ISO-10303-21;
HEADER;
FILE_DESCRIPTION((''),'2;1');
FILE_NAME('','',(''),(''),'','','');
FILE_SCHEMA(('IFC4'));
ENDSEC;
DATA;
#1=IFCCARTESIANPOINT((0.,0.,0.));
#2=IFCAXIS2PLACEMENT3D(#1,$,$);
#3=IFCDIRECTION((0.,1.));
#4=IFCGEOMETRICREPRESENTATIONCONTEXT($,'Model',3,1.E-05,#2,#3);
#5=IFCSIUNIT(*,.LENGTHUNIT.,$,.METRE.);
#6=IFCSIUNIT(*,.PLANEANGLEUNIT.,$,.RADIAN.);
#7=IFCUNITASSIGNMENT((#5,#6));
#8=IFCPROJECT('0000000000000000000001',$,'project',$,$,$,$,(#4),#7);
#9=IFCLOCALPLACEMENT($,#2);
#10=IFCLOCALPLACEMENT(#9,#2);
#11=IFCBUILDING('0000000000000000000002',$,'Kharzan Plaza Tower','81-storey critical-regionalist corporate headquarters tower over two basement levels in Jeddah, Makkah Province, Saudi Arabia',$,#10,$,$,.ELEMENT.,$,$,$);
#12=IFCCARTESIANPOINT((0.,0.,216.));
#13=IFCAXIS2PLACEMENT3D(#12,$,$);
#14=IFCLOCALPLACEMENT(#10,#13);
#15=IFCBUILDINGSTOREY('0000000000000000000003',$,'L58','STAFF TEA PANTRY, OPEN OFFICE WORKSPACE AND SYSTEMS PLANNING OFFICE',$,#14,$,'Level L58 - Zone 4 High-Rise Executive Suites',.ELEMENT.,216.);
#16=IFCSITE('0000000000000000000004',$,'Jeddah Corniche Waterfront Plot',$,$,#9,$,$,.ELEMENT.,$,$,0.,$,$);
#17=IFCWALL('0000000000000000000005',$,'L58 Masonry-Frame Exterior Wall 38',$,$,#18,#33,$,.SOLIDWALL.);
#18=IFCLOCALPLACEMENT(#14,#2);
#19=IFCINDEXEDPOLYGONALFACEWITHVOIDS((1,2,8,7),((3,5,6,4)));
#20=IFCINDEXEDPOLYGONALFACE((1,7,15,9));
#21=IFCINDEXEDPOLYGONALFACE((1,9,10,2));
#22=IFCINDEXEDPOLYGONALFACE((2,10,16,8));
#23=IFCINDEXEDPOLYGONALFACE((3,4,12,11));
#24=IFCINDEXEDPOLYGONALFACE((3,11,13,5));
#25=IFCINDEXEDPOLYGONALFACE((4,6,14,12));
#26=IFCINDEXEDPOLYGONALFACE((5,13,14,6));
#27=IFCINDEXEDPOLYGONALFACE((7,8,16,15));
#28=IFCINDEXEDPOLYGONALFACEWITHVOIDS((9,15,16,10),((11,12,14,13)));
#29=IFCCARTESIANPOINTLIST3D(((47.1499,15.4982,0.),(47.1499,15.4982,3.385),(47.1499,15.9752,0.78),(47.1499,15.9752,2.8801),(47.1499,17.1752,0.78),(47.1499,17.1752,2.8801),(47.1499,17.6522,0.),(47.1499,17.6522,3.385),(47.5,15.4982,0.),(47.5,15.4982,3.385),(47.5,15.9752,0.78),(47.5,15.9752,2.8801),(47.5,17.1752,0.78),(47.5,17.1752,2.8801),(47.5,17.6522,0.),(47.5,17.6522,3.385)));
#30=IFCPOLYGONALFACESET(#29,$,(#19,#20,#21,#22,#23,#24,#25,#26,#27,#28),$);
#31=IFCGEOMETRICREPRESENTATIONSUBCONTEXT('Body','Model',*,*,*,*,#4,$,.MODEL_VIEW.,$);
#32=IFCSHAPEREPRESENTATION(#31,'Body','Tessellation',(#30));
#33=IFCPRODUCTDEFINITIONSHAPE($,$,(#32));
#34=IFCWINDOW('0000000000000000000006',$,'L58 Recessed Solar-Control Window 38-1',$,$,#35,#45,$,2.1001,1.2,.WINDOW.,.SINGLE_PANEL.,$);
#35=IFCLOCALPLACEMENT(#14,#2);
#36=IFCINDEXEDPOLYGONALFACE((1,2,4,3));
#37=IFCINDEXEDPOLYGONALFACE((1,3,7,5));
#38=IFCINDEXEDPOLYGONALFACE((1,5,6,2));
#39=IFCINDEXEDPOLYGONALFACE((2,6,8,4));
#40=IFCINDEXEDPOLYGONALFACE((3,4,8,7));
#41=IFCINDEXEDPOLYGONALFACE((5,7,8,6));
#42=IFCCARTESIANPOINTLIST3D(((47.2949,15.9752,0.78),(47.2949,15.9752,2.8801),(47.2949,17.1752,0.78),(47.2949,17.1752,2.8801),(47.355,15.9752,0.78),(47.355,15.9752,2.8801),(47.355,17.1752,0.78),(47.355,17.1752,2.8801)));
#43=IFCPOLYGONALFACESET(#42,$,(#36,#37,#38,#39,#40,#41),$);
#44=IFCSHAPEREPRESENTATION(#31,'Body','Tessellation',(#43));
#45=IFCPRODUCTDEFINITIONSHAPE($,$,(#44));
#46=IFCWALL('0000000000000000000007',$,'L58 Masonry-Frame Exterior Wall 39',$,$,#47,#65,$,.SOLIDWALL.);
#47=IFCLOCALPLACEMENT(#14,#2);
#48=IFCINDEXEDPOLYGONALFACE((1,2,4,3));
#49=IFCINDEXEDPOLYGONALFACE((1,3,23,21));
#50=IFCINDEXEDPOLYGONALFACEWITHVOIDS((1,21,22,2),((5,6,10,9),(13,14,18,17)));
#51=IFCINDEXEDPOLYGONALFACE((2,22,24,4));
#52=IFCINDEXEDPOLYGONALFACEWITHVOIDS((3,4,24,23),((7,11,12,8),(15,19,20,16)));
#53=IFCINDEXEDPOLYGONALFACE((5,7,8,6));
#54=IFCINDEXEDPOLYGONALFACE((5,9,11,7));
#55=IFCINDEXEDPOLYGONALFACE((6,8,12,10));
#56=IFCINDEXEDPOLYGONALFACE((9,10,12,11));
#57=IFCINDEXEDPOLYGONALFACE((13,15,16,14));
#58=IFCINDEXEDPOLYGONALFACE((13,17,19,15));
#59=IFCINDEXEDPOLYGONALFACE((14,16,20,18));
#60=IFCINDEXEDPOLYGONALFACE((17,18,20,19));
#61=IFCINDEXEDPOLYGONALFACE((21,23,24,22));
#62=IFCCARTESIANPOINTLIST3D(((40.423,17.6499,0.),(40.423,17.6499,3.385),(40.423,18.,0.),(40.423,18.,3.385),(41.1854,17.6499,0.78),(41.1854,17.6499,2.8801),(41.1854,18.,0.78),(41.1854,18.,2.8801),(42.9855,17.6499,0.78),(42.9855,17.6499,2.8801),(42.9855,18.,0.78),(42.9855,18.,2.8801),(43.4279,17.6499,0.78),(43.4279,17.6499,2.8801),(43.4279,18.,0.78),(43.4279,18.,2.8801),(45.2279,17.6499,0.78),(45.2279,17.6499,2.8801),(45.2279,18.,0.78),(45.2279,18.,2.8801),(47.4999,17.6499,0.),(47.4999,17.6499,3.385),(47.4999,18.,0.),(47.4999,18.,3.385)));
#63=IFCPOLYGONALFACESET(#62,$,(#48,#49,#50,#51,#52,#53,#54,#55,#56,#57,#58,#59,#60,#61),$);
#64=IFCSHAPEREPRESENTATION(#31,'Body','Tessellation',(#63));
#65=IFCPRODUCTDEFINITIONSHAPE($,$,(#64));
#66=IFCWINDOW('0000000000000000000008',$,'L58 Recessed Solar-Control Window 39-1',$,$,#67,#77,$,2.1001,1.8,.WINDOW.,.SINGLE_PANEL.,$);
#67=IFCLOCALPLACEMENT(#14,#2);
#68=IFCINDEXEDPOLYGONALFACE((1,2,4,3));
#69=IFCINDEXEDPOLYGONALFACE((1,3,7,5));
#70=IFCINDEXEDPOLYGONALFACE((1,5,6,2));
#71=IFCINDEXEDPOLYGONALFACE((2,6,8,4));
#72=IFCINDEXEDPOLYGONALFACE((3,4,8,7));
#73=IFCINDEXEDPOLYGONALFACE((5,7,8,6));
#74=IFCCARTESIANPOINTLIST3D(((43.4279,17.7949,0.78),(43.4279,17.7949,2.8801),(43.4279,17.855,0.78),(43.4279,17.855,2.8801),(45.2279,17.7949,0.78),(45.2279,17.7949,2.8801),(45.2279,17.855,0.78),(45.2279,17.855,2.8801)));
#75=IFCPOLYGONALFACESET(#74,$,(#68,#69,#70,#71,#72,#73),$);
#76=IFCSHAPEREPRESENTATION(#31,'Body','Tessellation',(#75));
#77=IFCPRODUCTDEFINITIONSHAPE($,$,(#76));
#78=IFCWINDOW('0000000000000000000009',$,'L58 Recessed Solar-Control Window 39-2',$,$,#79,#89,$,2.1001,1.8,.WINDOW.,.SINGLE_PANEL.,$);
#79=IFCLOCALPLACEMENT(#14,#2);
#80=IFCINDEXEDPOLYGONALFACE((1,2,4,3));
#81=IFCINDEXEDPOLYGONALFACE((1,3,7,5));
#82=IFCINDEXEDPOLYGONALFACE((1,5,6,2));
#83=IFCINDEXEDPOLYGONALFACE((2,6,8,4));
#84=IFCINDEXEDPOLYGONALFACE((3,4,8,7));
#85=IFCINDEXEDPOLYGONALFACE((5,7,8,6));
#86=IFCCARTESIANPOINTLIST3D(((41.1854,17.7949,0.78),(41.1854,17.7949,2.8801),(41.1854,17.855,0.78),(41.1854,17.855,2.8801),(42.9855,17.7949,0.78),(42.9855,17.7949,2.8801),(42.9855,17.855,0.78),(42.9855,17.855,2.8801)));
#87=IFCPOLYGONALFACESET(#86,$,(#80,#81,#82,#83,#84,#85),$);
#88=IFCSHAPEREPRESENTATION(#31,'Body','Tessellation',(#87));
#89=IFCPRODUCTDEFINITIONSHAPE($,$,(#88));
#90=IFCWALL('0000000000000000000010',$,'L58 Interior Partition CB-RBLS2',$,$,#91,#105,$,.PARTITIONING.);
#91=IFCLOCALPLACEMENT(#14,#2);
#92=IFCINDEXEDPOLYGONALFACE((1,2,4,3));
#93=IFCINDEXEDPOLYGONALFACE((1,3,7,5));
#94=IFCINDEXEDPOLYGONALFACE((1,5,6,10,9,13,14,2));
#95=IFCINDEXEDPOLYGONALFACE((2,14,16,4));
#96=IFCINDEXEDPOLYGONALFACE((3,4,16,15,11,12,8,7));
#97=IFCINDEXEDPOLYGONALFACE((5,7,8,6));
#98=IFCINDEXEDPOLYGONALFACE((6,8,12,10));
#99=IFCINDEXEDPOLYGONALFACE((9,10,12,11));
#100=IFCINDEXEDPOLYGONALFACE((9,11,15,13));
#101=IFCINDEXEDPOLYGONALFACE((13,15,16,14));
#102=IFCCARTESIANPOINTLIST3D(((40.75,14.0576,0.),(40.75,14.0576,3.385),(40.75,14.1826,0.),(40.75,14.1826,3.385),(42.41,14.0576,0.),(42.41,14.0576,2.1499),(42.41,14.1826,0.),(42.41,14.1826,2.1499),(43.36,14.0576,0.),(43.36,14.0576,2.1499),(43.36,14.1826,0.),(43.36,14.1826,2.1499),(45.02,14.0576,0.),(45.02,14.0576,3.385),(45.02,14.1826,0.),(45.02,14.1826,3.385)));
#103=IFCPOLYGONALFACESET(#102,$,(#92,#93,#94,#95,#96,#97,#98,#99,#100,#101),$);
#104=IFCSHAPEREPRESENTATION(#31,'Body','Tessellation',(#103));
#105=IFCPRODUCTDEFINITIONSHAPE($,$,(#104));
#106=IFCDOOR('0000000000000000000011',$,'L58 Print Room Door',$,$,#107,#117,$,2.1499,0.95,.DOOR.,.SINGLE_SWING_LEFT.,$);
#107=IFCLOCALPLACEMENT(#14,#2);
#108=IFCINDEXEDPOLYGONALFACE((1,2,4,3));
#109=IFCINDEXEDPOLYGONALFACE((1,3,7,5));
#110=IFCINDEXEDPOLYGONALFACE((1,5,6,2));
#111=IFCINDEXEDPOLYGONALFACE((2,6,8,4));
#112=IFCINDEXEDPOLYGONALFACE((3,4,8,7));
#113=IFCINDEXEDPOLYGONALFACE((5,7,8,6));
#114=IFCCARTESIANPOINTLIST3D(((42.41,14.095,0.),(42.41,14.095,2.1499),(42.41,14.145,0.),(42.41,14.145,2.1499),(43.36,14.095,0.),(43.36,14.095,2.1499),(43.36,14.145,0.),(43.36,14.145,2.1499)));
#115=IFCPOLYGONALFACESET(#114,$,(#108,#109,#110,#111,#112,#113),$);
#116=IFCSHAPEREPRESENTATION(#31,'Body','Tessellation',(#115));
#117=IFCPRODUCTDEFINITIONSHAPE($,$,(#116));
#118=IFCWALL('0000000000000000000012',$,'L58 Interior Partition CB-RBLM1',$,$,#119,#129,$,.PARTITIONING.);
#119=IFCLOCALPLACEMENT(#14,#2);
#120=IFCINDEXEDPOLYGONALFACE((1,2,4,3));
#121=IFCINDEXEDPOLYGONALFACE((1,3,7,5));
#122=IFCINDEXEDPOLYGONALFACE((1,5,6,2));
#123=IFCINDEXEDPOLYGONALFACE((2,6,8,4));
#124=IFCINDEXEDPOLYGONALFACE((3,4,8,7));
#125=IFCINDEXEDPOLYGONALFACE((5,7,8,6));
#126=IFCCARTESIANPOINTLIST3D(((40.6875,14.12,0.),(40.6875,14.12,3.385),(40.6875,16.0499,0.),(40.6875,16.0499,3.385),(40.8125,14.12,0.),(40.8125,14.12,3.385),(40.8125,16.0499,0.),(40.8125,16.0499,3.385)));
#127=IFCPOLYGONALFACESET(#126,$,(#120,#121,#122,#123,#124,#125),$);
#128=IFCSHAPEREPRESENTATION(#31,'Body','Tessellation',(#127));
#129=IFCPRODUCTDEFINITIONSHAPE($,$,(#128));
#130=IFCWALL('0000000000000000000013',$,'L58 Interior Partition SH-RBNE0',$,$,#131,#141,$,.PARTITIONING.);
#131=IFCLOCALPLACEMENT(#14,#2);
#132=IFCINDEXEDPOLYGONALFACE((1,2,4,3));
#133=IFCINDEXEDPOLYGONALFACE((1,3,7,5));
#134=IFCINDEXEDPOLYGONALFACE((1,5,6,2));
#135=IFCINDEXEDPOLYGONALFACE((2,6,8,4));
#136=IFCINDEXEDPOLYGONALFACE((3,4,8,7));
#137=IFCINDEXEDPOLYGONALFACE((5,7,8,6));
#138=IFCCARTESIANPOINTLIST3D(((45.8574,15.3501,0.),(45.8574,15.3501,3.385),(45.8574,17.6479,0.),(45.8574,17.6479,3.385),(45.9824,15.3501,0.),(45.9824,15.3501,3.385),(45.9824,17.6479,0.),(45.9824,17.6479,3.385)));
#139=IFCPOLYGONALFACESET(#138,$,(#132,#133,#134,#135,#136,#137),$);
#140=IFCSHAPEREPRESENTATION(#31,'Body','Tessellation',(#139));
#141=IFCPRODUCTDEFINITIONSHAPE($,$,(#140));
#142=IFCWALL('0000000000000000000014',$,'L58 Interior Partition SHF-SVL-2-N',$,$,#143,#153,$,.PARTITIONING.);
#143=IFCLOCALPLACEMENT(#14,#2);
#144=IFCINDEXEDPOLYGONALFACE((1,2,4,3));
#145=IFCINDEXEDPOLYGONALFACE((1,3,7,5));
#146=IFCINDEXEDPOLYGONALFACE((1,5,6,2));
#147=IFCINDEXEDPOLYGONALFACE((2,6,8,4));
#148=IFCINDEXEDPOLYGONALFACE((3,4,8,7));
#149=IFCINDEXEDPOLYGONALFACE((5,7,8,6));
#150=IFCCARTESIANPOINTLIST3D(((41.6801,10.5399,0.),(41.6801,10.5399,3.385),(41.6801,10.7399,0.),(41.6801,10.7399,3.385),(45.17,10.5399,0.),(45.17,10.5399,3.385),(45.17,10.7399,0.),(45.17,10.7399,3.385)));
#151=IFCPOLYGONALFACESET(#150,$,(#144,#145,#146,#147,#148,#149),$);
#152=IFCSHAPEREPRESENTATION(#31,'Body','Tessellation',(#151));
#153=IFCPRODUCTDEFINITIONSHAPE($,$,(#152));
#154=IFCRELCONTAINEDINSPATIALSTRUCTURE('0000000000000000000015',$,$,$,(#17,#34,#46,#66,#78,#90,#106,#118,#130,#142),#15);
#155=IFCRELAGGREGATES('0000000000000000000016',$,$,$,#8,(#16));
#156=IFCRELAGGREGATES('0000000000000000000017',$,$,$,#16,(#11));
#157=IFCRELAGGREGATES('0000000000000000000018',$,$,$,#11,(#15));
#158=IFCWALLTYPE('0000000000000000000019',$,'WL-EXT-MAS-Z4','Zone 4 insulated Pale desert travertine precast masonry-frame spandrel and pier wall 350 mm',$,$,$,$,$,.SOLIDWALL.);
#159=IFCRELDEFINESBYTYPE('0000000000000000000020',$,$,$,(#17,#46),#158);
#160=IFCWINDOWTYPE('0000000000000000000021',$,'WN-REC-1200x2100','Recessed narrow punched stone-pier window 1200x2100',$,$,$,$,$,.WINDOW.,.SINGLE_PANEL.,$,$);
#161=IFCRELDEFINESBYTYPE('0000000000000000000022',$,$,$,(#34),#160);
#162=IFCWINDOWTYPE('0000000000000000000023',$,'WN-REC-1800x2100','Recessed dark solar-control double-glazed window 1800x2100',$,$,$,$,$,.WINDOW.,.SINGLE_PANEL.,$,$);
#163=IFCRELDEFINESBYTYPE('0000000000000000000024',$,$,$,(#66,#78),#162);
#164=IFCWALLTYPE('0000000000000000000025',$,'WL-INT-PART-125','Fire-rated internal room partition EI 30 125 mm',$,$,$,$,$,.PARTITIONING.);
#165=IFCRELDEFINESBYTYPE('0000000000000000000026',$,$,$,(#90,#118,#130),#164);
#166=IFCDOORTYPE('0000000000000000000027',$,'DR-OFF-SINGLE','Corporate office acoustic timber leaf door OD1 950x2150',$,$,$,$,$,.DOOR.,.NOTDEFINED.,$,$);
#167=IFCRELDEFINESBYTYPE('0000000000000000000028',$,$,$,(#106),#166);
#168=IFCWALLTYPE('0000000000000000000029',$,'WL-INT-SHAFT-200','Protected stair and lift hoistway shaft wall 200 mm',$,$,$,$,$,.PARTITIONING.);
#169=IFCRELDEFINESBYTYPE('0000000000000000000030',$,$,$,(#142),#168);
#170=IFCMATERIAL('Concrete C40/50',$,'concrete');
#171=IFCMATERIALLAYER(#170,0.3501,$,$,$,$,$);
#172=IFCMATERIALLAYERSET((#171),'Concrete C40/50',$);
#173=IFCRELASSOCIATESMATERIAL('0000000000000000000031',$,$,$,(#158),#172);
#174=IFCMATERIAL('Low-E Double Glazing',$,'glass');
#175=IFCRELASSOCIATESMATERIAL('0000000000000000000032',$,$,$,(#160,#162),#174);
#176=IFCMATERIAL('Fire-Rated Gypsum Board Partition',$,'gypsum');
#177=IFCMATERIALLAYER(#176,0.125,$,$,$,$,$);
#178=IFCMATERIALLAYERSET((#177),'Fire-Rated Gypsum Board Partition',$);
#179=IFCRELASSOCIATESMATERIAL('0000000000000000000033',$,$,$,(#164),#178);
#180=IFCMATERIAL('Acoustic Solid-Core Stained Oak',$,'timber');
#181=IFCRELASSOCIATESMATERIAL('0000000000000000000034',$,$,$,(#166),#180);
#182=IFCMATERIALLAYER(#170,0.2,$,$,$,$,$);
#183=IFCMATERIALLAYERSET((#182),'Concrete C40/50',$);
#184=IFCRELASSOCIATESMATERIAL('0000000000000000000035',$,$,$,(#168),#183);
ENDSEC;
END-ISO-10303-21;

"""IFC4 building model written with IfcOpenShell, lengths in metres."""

from ifc_helpers import new_model, si_unit, direction, frame, frame_2d, origin, place, context, subcontext, project, spatial, rectangle, extrude, source, transform, mapped, material, layer, layer_set, type_object, element, fill, save


model = new_model("IFC4")

# Units and contexts
model_context = context("Model", 3, precision=1e-05, world=origin(), true_north=direction((0.0, 1.0)))
body_context = subcontext(model_context, "Body", "Model", "MODEL_VIEW")
ifc_project = project(units=[si_unit("LENGTHUNIT", "METRE"), si_unit("PLANEANGLEUNIT", "RADIAN")], contexts=[model_context])

# Site, building, storey
site_placement = place(None, origin())
site = spatial("IfcSite", under=ifc_project, at=site_placement, Name="Jeddah Corniche Waterfront Plot", CompositionType="ELEMENT", RefElevation=0.0)
building_placement = place(site_placement, origin())
building = spatial("IfcBuilding", under=site, at=building_placement, Name="Kharzan Plaza Tower", Description="81-storey critical-regionalist corporate headquarters tower over two basement levels in Jeddah, Makkah Province, Saudi Arabia", CompositionType="ELEMENT")
storey_placement = place(building_placement, frame((0.0, 0.0, 216.0)))
storey = spatial("IfcBuildingStorey", under=building, at=storey_placement, Name="L58", Description="STAFF TEA PANTRY, OPEN OFFICE WORKSPACE AND SYSTEMS PLANNING OFFICE", LongName="Level L58 - Zone 4 High-Rise Executive Suites", CompositionType="ELEMENT", Elevation=216.0)

# Wall, opening, window
ifc_material_1 = material(Name="Concrete C40/50", Category="concrete")
ifc_layer_1 = layer(ifc_material_1, 0.3501)
ifc_layer_set_1 = layer_set([ifc_layer_1], Name="Concrete C40/50")
wall_type_1 = type_object("IfcWallType", Name="WL-EXT-MAS-Z4", Description="Zone 4 insulated Pale desert travertine precast masonry-frame spandrel and pier wall 350 mm", PredefinedType="SOLIDWALL", material=ifc_layer_set_1)
ifc_material_2 = material(Name="Low-E Double Glazing", Category="glass")
window_type_1 = type_object("IfcWindowType", Name="WN-REC-1200x2100", Description="Recessed narrow punched stone-pier window 1200x2100", PartitioningType="SINGLE_PANEL", PredefinedType="WINDOW", material=ifc_material_2)
shared_shape_1 = source(origin(), body_context, "Body", "SweptSolid", [
    extrude(rectangle(XDim=1.2, YDim=2.1001, at=frame_2d((0.6001, 1.05))), frame((0.0, 0.03, 0.0), z_axis=(0.0, -1.0, 0.0), x_axis=(1.0, 0.0, 0.0)), (0.0, 0.0, 1.0), 0.0601),
])
wall_1_placement = place(storey_placement, frame((47.325, 15.498, 0.0), z_axis=(0.0, 0.0, 1.0), x_axis=(0.0, 1.0, 0.0)))
wall_1 = element("IfcWall", 1, at=wall_1_placement, inside=storey, type_object=wall_type_1, Name="L58 Masonry-Frame Exterior Wall 38", PredefinedType="SOLIDWALL", context=body_context, shape_type="SweptSolid", body=[
    extrude(rectangle(XDim=2.1541, YDim=0.3501, at=frame_2d((1.0771, 0.0))), origin(), (0.0, 0.0, 1.0), 3.385),
])
opening_1_placement = place(wall_1_placement, frame((0.4771, 0.0, 0.78)))
opening_1 = element("IfcOpeningElement", 2, at=opening_1_placement, cuts=wall_1, PredefinedType="OPENING", context=body_context, shape_type="SweptSolid", body=[
    extrude(rectangle(XDim=1.2, YDim=2.1001, at=frame_2d((0.6001, 1.05))), frame((0.0, 0.1851, 0.0), z_axis=(0.0, -1.0, 0.0), x_axis=(1.0, 0.0, 0.0)), (0.0, 0.0, 1.0), 0.3701),
])
window_1_placement = place(opening_1_placement, origin())
window_1 = element("IfcWindow", 3, at=window_1_placement, inside=storey, type_object=window_type_1, Name="L58 Recessed Solar-Control Window 38-1", OverallHeight=2.1001, OverallWidth=1.2, PartitioningType="SINGLE_PANEL", PredefinedType="WINDOW", context=body_context, shape_type="MappedRepresentation", body=[
    mapped(shared_shape_1, transform((0.0, 0.0, 0.0), x_axis=(1.0, 0.0, 0.0), y_axis=(0.0, 1.0, 0.0), z_axis=(0.0, 0.0, 1.0))),
])
fill(opening_1, window_1)

# Wall, openings, windows
wall_2_placement = place(storey_placement, frame((47.5, 17.825, 0.0), z_axis=(0.0, 0.0, 1.0), x_axis=(-1.0, 0.0, 0.0)))
wall_2 = element("IfcWall", 4, at=wall_2_placement, inside=storey, type_object=wall_type_1, Name="L58 Masonry-Frame Exterior Wall 39", PredefinedType="SOLIDWALL", context=body_context, shape_type="SweptSolid", body=[
    extrude(rectangle(XDim=7.0769, YDim=0.3501, at=frame_2d((3.5386, 0.0))), origin(), (0.0, 0.0, 1.0), 3.385),
])
opening_2_placement = place(wall_2_placement, frame((2.2722, 0.0, 0.78)))
opening_2 = element("IfcOpeningElement", 5, at=opening_2_placement, cuts=wall_2, PredefinedType="OPENING", context=body_context, shape_type="SweptSolid", body=[
    extrude(rectangle(XDim=1.8, YDim=2.1001, at=frame_2d((0.8999, 1.05))), frame((0.0, 0.1851, 0.0), z_axis=(0.0, -1.0, 0.0), x_axis=(1.0, 0.0, 0.0)), (0.0, 0.0, 1.0), 0.3701),
])
opening_3_placement = place(wall_2_placement, frame((4.5146, 0.0, 0.78)))
opening_3 = element("IfcOpeningElement", 6, at=opening_3_placement, cuts=wall_2, PredefinedType="OPENING", context=body_context, shape_type="SweptSolid", body=[
    extrude(rectangle(XDim=1.8, YDim=2.1001, at=frame_2d((0.8999, 1.05))), frame((0.0, 0.1851, 0.0), z_axis=(0.0, -1.0, 0.0), x_axis=(1.0, 0.0, 0.0)), (0.0, 0.0, 1.0), 0.3701),
])
window_type_2 = type_object("IfcWindowType", Name="WN-REC-1800x2100", Description="Recessed dark solar-control double-glazed window 1800x2100", PartitioningType="SINGLE_PANEL", PredefinedType="WINDOW", material=ifc_material_2)
shared_shape_2 = source(origin(), body_context, "Body", "SweptSolid", [
    extrude(rectangle(XDim=1.8, YDim=2.1001, at=frame_2d((0.8999, 1.05))), frame((0.0, 0.03, 0.0), z_axis=(0.0, -1.0, 0.0), x_axis=(1.0, 0.0, 0.0)), (0.0, 0.0, 1.0), 0.0601),
])
window_2_placement = place(opening_2_placement, origin())
window_2 = element("IfcWindow", 7, at=window_2_placement, inside=storey, type_object=window_type_2, Name="L58 Recessed Solar-Control Window 39-1", OverallHeight=2.1001, OverallWidth=1.8, PartitioningType="SINGLE_PANEL", PredefinedType="WINDOW", context=body_context, shape_type="MappedRepresentation", body=[
    mapped(shared_shape_2, transform((0.0, 0.0, 0.0), x_axis=(1.0, 0.0, 0.0), y_axis=(0.0, 1.0, 0.0), z_axis=(0.0, 0.0, 1.0))),
])
fill(opening_2, window_2)
window_3_placement = place(opening_3_placement, origin())
window_3 = element("IfcWindow", 8, at=window_3_placement, inside=storey, type_object=window_type_2, Name="L58 Recessed Solar-Control Window 39-2", OverallHeight=2.1001, OverallWidth=1.8, PartitioningType="SINGLE_PANEL", PredefinedType="WINDOW", context=body_context, shape_type="MappedRepresentation", body=[
    mapped(shared_shape_2, transform((0.0, 0.0, 0.0), x_axis=(1.0, 0.0, 0.0), y_axis=(0.0, 1.0, 0.0), z_axis=(0.0, 0.0, 1.0))),
])
fill(opening_3, window_3)

# Wall, opening, door
ifc_material_3 = material(Name="Fire-Rated Gypsum Board Partition", Category="gypsum")
ifc_layer_2 = layer(ifc_material_3, 0.125)
ifc_layer_set_2 = layer_set([ifc_layer_2], Name="Fire-Rated Gypsum Board Partition")
wall_type_2 = type_object("IfcWallType", Name="WL-INT-PART-125", Description="Fire-rated internal room partition EI 30 125 mm", PredefinedType="PARTITIONING", material=ifc_layer_set_2)
wall_3_placement = place(storey_placement, frame((40.75, 14.1201, 0.0), z_axis=(0.0, 0.0, 1.0), x_axis=(1.0, 0.0, 0.0)))
wall_3 = element("IfcWall", 9, at=wall_3_placement, inside=storey, type_object=wall_type_2, Name="L58 Interior Partition CB-RBLS2", PredefinedType="PARTITIONING", context=body_context, shape_type="SweptSolid", body=[
    extrude(rectangle(XDim=4.27, YDim=0.125, at=frame_2d((2.135, 0.0))), origin(), (0.0, 0.0, 1.0), 3.385),
])
opening_4_placement = place(wall_3_placement, frame((1.6599, 0.0, 0.0)))
opening_4 = element("IfcOpeningElement", 10, at=opening_4_placement, cuts=wall_3, PredefinedType="OPENING", context=body_context, shape_type="SweptSolid", body=[
    extrude(rectangle(XDim=0.95, YDim=2.1499, at=frame_2d((0.4751, 1.075))), frame((0.0, 0.0725, 0.0), z_axis=(0.0, -1.0, 0.0), x_axis=(1.0, 0.0, 0.0)), (0.0, 0.0, 1.0), 0.145),
])
ifc_material_4 = material(Name="Acoustic Solid-Core Stained Oak", Category="timber")
door_type = type_object("IfcDoorType", Name="DR-OFF-SINGLE", Description="Corporate office acoustic timber leaf door OD1 950x2150", OperationType="NOTDEFINED", PredefinedType="DOOR", material=ifc_material_4)
shared_shape_3 = source(origin(), body_context, "Body", "SweptSolid", [
    extrude(rectangle(XDim=0.95, YDim=2.1499, at=frame_2d((0.4751, 1.075))), frame((0.0, 0.0249, 0.0), z_axis=(0.0, -1.0, 0.0), x_axis=(1.0, 0.0, 0.0)), (0.0, 0.0, 1.0), 0.05),
])
door_1_placement = place(opening_4_placement, origin())
door_1 = element("IfcDoor", 11, at=door_1_placement, inside=storey, type_object=door_type, Name="L58 Print Room Door", OperationType="SINGLE_SWING_LEFT", OverallHeight=2.1499, OverallWidth=0.95, PredefinedType="DOOR", context=body_context, shape_type="MappedRepresentation", body=[
    mapped(shared_shape_3, transform((0.0, 0.0, 0.0), x_axis=(1.0, 0.0, 0.0), y_axis=(0.0, 1.0, 0.0), z_axis=(0.0, 0.0, 1.0))),
])
fill(opening_4, door_1)

# Walls
shared_shape_4 = source(origin(), body_context, "Body", "SweptSolid", [
    extrude(rectangle(XDim=1.9299, YDim=0.125, at=frame_2d((0.9648, 0.0))), origin(), (0.0, 0.0, 1.0), 3.385),
])
wall_4_placement = place(storey_placement, frame((40.75, 14.1201, 0.0), z_axis=(0.0, 0.0, 1.0), x_axis=(0.0, 1.0, 0.0)))
element("IfcWall", 12, at=wall_4_placement, inside=storey, type_object=wall_type_2, Name="L58 Interior Partition CB-RBLM1", PredefinedType="PARTITIONING", context=body_context, shape_type="MappedRepresentation", body=[
    mapped(shared_shape_4, transform((0.0, 0.0, 0.0), x_axis=(1.0, 0.0, 0.0), y_axis=(0.0, 1.0, 0.0), z_axis=(0.0, 0.0, 1.0))),
])
shared_shape_5 = source(origin(), body_context, "Body", "SweptSolid", [
    extrude(rectangle(XDim=2.2979, YDim=0.125, at=frame_2d((1.1489, 0.0))), origin(), (0.0, 0.0, 1.0), 3.385),
])
wall_5_placement = place(storey_placement, frame((45.9199, 15.3501, 0.0), z_axis=(0.0, 0.0, 1.0), x_axis=(0.0, 1.0, 0.0)))
element("IfcWall", 13, at=wall_5_placement, inside=storey, type_object=wall_type_2, Name="L58 Interior Partition SH-RBNE0", PredefinedType="PARTITIONING", context=body_context, shape_type="MappedRepresentation", body=[
    mapped(shared_shape_5, transform((0.0, 0.0, 0.0), x_axis=(1.0, 0.0, 0.0), y_axis=(0.0, 1.0, 0.0), z_axis=(0.0, 0.0, 1.0))),
])
ifc_layer_3 = layer(ifc_material_1, 0.2)
ifc_layer_set_3 = layer_set([ifc_layer_3], Name="Concrete C40/50")
wall_type_3 = type_object("IfcWallType", Name="WL-INT-SHAFT-200", Description="Protected stair and lift hoistway shaft wall 200 mm", PredefinedType="PARTITIONING", material=ifc_layer_set_3)
shared_shape_6 = source(origin(), body_context, "Body", "SweptSolid", [
    extrude(rectangle(XDim=3.49, YDim=0.2, at=frame_2d((1.7451, 0.0))), origin(), (0.0, 0.0, 1.0), 3.385),
])
wall_6_placement = place(storey_placement, frame((41.6799, 10.6399, 0.0), z_axis=(0.0, 0.0, 1.0), x_axis=(1.0, 0.0, 0.0)))
element("IfcWall", 14, at=wall_6_placement, inside=storey, type_object=wall_type_3, Name="L58 Interior Partition SHF-SVL-2-N", PredefinedType="PARTITIONING", context=body_context, shape_type="MappedRepresentation", body=[
    mapped(shared_shape_6, transform((0.0, 0.0, 0.0), x_axis=(1.0, 0.0, 0.0), y_axis=(0.0, 1.0, 0.0), z_axis=(0.0, 0.0, 1.0))),
])

save(model, "model.ifc")
